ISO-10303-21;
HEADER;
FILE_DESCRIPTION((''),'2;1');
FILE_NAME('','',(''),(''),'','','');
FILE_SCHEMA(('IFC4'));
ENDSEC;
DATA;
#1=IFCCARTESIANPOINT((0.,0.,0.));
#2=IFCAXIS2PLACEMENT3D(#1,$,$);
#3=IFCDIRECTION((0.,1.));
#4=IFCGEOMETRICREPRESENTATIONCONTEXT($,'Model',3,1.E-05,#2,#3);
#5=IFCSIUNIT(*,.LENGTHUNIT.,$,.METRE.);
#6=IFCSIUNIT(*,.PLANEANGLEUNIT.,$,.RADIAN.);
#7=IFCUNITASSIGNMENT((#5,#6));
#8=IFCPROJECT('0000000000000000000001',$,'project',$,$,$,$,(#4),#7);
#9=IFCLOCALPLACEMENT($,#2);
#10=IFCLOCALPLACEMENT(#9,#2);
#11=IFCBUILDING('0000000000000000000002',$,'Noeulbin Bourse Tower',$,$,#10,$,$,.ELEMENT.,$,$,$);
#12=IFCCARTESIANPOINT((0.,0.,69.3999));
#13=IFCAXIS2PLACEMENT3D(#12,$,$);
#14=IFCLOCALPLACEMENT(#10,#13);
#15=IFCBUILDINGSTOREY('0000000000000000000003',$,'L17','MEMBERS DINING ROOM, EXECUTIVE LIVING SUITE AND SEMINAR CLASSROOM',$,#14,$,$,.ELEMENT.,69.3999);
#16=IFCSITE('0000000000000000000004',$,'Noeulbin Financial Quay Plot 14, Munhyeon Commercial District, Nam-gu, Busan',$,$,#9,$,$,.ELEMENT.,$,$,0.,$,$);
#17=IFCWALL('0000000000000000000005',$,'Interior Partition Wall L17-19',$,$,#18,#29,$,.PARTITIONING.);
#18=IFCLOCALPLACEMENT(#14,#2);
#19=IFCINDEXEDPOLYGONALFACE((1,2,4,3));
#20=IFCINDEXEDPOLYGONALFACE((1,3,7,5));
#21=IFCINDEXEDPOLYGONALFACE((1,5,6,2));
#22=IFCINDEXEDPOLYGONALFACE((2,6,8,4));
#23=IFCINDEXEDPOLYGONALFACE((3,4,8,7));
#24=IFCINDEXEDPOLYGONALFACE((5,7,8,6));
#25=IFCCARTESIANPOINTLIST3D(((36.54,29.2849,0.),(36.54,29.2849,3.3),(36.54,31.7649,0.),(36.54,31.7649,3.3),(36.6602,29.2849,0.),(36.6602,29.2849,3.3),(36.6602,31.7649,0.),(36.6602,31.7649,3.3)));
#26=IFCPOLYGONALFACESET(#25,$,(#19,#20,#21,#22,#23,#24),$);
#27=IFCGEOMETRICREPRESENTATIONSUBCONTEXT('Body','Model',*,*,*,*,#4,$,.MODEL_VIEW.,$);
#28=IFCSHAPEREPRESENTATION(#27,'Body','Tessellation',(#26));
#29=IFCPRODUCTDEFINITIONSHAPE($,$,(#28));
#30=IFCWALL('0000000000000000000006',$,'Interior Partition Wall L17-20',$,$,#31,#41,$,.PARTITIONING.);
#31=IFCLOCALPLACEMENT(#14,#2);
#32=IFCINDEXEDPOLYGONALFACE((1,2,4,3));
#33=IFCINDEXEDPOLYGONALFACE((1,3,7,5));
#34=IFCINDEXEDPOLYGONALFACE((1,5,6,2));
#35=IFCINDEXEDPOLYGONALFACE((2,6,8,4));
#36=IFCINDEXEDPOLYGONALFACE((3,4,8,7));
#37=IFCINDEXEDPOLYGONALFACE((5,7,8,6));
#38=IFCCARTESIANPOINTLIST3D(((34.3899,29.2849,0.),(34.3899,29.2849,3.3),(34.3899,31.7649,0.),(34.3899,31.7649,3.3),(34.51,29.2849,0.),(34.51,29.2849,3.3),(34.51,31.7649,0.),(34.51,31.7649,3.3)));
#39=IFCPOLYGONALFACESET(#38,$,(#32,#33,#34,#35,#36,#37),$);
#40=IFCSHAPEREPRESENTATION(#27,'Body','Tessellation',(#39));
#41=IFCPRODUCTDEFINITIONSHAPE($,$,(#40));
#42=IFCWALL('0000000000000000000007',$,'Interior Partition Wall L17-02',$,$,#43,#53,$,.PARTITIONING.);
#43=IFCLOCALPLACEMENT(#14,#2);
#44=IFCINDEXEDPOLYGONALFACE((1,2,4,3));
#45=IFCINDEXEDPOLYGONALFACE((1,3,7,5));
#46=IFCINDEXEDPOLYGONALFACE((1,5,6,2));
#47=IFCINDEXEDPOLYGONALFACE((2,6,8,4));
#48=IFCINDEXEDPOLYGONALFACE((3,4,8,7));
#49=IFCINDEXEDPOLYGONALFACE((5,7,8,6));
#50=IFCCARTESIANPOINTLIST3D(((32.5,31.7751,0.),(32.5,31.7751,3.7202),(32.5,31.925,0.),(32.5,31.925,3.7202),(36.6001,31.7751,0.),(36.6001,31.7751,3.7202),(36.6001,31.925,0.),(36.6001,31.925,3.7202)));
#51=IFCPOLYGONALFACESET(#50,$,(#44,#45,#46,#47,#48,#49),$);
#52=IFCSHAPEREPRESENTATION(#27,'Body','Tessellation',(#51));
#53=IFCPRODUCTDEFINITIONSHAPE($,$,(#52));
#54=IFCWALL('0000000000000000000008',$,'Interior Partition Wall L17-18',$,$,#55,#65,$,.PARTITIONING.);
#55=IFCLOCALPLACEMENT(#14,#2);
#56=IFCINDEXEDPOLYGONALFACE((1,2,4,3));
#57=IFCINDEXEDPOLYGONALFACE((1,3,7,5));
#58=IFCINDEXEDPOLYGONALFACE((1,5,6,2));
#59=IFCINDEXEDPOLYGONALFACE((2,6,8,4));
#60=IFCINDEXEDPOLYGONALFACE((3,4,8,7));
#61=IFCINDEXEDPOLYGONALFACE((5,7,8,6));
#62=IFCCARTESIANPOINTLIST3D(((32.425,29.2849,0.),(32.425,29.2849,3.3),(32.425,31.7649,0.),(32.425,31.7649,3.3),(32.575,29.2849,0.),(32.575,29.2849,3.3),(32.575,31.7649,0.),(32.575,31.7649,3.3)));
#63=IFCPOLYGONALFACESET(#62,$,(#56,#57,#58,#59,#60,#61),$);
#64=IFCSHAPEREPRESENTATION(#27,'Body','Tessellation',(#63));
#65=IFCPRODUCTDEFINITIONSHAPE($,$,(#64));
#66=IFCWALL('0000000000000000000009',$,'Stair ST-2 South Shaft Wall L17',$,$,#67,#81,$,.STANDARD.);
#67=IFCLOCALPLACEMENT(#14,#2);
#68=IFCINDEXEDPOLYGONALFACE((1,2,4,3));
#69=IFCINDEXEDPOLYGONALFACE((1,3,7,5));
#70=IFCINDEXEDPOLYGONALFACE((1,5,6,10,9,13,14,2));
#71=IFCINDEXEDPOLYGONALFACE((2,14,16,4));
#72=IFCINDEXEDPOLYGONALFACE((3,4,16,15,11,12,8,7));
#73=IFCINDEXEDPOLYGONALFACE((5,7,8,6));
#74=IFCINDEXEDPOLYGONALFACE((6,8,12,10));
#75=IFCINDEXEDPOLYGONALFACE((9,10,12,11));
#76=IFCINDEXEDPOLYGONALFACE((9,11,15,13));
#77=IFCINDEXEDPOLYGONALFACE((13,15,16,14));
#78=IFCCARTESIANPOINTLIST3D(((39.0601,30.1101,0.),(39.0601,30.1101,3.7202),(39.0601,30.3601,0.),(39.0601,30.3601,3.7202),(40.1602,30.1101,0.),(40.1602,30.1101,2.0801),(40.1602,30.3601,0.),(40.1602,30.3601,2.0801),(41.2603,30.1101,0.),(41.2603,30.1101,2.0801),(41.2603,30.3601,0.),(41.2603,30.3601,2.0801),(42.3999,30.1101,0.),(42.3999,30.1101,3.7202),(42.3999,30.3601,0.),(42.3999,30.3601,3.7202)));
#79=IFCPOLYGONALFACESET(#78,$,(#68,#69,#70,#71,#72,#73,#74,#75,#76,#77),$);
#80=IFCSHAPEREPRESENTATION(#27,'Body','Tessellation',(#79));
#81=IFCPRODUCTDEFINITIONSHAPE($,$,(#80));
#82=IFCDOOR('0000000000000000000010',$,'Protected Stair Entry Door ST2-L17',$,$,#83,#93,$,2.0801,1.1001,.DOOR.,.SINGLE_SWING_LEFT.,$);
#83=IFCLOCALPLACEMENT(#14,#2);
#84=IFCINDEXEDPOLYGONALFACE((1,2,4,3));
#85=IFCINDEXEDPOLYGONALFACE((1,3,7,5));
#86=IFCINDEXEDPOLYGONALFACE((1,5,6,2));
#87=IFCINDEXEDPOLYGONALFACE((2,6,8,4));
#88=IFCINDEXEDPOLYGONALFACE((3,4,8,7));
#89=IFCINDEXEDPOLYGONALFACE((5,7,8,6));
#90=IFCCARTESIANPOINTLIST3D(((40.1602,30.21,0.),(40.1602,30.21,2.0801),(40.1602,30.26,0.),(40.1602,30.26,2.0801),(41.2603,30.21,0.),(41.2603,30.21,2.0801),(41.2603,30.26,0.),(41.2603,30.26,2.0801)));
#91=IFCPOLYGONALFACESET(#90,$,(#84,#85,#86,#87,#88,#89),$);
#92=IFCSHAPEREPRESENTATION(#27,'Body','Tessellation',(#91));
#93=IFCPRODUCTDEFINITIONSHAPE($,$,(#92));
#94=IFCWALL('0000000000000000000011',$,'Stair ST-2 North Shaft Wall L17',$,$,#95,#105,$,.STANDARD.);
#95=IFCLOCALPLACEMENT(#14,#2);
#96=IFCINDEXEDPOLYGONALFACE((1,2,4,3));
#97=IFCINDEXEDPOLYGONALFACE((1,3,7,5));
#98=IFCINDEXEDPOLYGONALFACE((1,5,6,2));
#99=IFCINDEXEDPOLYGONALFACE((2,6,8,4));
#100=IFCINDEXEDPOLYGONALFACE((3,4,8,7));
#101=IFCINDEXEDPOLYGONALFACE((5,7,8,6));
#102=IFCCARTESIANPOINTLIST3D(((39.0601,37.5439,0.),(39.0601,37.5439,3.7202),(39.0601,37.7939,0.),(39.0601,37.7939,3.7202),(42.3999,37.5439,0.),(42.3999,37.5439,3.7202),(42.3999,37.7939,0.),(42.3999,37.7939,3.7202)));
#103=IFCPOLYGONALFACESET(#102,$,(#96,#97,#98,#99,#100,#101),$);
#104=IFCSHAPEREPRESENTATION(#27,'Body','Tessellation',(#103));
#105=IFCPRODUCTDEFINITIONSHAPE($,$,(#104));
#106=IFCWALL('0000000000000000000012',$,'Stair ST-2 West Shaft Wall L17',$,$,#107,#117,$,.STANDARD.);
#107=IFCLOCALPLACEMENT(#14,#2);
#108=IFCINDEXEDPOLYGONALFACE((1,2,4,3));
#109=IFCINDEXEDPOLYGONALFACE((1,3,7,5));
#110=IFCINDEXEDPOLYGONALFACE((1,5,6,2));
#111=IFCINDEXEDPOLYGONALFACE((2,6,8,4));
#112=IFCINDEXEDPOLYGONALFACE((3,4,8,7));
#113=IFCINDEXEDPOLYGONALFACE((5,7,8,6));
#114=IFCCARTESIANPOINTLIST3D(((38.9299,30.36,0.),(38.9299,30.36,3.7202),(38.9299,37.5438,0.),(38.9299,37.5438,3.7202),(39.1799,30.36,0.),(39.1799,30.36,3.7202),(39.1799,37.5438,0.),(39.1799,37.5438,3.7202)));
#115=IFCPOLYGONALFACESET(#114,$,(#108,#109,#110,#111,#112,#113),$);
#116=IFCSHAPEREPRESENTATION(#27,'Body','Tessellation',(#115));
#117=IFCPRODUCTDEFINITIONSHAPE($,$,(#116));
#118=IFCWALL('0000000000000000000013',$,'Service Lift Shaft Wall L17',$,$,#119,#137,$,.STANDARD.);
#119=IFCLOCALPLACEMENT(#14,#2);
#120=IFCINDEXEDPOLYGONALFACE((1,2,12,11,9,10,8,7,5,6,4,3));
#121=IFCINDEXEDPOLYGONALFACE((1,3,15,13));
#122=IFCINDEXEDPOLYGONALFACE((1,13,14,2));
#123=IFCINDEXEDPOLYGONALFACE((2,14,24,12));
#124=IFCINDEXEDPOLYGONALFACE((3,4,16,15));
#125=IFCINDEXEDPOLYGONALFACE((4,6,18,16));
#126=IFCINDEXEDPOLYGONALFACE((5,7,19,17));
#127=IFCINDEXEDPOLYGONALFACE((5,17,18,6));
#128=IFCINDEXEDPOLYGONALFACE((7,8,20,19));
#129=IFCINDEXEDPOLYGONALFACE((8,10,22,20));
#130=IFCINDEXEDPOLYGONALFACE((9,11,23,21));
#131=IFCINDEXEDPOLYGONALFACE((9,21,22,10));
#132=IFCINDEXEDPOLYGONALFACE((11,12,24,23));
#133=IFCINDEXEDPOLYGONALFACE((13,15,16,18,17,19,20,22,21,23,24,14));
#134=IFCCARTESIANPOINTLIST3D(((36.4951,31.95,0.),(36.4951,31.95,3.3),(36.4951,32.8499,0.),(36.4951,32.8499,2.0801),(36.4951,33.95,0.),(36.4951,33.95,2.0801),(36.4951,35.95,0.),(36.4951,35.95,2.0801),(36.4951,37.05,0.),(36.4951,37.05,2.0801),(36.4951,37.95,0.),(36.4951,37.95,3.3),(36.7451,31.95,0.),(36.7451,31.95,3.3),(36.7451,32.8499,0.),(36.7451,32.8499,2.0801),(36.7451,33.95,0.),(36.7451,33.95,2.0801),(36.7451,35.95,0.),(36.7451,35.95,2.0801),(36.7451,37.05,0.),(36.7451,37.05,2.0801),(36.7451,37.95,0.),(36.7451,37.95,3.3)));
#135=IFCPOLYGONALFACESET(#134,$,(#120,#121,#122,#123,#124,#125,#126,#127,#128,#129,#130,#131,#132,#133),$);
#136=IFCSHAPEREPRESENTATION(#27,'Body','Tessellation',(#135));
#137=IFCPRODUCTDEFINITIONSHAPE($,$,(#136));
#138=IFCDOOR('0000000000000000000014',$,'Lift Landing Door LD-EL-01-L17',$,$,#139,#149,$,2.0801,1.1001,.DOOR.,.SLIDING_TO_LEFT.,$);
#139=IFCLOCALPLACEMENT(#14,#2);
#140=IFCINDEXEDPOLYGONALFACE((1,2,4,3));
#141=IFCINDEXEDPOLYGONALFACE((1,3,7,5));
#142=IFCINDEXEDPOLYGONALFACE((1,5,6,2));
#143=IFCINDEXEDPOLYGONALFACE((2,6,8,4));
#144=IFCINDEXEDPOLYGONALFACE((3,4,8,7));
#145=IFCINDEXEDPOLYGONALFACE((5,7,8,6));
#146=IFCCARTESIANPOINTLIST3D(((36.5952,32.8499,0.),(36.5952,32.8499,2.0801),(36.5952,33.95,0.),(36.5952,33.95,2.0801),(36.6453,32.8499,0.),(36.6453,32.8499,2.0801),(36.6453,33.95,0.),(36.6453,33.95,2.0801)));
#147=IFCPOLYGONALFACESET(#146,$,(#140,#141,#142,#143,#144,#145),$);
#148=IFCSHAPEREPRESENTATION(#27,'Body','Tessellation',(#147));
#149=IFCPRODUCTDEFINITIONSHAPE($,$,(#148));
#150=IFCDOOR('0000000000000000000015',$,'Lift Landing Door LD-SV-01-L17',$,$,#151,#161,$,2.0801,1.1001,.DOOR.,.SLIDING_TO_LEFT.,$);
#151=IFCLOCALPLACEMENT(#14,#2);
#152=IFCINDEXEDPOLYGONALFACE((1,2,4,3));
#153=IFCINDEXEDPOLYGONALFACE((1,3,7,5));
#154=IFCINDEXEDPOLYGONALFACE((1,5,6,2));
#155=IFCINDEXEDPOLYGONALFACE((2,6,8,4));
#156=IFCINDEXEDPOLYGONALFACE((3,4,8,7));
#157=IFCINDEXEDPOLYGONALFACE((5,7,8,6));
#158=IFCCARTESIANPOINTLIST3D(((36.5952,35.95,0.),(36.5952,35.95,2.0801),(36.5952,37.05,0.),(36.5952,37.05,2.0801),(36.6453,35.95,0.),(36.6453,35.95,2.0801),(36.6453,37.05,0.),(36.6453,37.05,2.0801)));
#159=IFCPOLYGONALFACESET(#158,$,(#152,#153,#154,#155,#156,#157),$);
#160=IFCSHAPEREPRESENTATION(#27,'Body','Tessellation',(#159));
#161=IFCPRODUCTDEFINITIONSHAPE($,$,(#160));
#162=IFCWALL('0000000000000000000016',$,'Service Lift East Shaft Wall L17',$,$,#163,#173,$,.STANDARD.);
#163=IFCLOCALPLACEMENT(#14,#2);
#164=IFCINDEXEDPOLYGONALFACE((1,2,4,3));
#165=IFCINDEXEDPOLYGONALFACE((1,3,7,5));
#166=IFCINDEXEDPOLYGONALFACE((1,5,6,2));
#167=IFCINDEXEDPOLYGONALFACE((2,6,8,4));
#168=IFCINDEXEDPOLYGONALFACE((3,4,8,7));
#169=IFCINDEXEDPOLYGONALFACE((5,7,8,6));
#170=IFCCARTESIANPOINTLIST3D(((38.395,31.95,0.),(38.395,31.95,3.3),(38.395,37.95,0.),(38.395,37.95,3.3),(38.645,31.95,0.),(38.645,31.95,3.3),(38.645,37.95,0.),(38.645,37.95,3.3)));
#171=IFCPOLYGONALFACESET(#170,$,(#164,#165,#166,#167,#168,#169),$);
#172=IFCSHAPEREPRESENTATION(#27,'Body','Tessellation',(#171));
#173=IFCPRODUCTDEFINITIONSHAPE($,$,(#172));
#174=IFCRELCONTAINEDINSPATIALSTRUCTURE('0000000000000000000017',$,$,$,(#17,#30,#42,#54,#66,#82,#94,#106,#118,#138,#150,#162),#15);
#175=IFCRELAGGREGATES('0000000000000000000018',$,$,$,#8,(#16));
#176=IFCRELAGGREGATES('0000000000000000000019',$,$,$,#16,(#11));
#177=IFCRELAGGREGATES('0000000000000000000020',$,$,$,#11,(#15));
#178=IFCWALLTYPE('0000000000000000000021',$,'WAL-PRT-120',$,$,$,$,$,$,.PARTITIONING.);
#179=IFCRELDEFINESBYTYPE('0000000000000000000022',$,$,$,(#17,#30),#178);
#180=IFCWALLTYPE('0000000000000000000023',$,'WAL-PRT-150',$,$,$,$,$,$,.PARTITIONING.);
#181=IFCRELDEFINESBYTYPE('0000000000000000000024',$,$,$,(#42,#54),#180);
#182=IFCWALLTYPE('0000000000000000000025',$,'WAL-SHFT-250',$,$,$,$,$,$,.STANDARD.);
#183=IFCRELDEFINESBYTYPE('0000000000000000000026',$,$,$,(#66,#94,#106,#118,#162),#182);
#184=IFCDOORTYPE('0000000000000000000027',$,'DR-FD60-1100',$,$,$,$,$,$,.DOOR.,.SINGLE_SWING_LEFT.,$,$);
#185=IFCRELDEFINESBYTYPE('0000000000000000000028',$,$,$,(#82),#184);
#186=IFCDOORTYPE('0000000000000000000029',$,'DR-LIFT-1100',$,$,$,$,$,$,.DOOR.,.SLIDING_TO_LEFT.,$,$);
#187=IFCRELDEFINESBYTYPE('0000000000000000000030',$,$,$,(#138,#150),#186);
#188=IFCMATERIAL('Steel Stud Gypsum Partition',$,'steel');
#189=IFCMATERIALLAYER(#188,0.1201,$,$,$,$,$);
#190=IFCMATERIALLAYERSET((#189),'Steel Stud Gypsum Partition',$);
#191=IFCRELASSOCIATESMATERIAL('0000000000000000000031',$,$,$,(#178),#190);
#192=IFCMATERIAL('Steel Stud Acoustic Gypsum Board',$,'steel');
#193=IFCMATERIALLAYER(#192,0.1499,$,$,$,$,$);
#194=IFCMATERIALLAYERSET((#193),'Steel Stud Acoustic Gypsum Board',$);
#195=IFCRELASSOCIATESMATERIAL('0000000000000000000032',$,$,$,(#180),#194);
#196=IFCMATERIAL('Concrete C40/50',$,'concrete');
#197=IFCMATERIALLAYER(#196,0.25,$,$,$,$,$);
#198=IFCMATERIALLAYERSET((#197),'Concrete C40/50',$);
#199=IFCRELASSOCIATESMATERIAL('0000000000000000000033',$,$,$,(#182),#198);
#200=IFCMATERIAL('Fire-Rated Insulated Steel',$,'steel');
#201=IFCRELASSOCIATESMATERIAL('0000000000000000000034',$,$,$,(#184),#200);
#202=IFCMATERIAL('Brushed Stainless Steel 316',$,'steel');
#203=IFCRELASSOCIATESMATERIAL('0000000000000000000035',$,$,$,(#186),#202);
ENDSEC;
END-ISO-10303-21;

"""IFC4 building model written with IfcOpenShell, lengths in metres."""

from ifc_helpers import new_model, si_unit, direction, frame, frame_2d, origin, place, context, subcontext, project, spatial, rectangle, extrude, material, layer, layer_set, type_object, element, fill, save


model = new_model("IFC4")

# Units and contexts
model_context = context("Model", 3, precision=1e-05, world=origin(), true_north=direction((0.0, 1.0)))
body_context = subcontext(model_context, "Body", "Model", "MODEL_VIEW")
ifc_project = project(units=[si_unit("LENGTHUNIT", "METRE"), si_unit("PLANEANGLEUNIT", "RADIAN")], contexts=[model_context])

# Site, building, storey
site_placement = place(None, origin())
site = spatial("IfcSite", under=ifc_project, at=site_placement, Name="Noeulbin Financial Quay Plot 14, Munhyeon Commercial District, Nam-gu, Busan", CompositionType="ELEMENT", RefElevation=0.0)
building_placement = place(site_placement, origin())
building = spatial("IfcBuilding", under=site, at=building_placement, Name="Noeulbin Bourse Tower", CompositionType="ELEMENT")
storey_placement = place(building_placement, frame((0.0, 0.0, 69.3999)))
storey = spatial("IfcBuildingStorey", under=building, at=storey_placement, Name="L17", Description="MEMBERS DINING ROOM, EXECUTIVE LIVING SUITE AND SEMINAR CLASSROOM", CompositionType="ELEMENT", Elevation=69.3999)

# Walls
ifc_material_1 = material(Name="Concrete C40/50", Category="concrete")
ifc_material_2 = material(Name="Steel Stud Gypsum Partition", Category="steel")
ifc_layer_1 = layer(ifc_material_2, 0.1201)
ifc_layer_set_1 = layer_set([ifc_layer_1], Name="Steel Stud Gypsum Partition")
wall_type_1 = type_object("IfcWallType", Name="WAL-PRT-120", PredefinedType="PARTITIONING", material=ifc_layer_set_1)
for number, where, z_axis, x_axis, name in (
    (1, (36.6001, 29.2849, 0.0), (0.0, 0.0, 1.0), (0.0, 1.0, 0.0), "Interior Partition Wall L17-19"),
    (2, (34.45, 29.2849, 0.0), (0.0, 0.0, 1.0), (0.0, 1.0, 0.0), "Interior Partition Wall L17-20"),
):
    element("IfcWall", number, at=place(storey_placement, frame(where, z_axis=z_axis, x_axis=x_axis)), inside=storey, type_object=wall_type_1, Name=name, PredefinedType="PARTITIONING", context=body_context, shape_type="SweptSolid", body=[
        extrude(rectangle(XDim=2.48, YDim=0.1201, at=frame_2d((1.24, 0.0))), origin(), (0.0, 0.0, 1.0), 3.3),
    ])
ifc_material_3 = material(Name="Steel Stud Acoustic Gypsum Board", Category="steel")
ifc_layer_2 = layer(ifc_material_3, 0.1499)
ifc_layer_set_2 = layer_set([ifc_layer_2], Name="Steel Stud Acoustic Gypsum Board")
wall_type_2 = type_object("IfcWallType", Name="WAL-PRT-150", PredefinedType="PARTITIONING", material=ifc_layer_set_2)
wall_1_placement = place(storey_placement, frame((32.5, 31.8501, 0.0), z_axis=(0.0, 0.0, 1.0), x_axis=(1.0, 0.0, 0.0)))
element("IfcWall", 3, at=wall_1_placement, inside=storey, type_object=wall_type_2, Name="Interior Partition Wall L17-02", PredefinedType="PARTITIONING", context=body_context, shape_type="SweptSolid", body=[
    extrude(rectangle(XDim=4.1001, YDim=0.1499, at=frame_2d((2.05, 0.0))), origin(), (0.0, 0.0, 1.0), 3.7202),
])
wall_2_placement = place(storey_placement, frame((32.5, 29.2849, 0.0), z_axis=(0.0, 0.0, 1.0), x_axis=(0.0, 1.0, 0.0)))
element("IfcWall", 4, at=wall_2_placement, inside=storey, type_object=wall_type_2, Name="Interior Partition Wall L17-18", PredefinedType="PARTITIONING", context=body_context, shape_type="SweptSolid", body=[
    extrude(rectangle(XDim=2.48, YDim=0.1499, at=frame_2d((1.24, 0.0))), origin(), (0.0, 0.0, 1.0), 3.3),
])

# Wall, opening, door
ifc_layer_3 = layer(ifc_material_1, 0.25)
ifc_layer_set_3 = layer_set([ifc_layer_3], Name="Concrete C40/50")
wall_type_3 = type_object("IfcWallType", Name="WAL-SHFT-250", PredefinedType="STANDARD", material=ifc_layer_set_3)
wall_3_placement = place(storey_placement, frame((39.0601, 30.2351, 0.0), z_axis=(0.0, 0.0, 1.0), x_axis=(1.0, 0.0, 0.0)))
wall_3 = element("IfcWall", 5, at=wall_3_placement, inside=storey, type_object=wall_type_3, Name="Stair ST-2 South Shaft Wall L17", PredefinedType="STANDARD", context=body_context, shape_type="SweptSolid", body=[
    extrude(rectangle(XDim=3.3398, YDim=0.25, at=frame_2d((1.6699, 0.0))), origin(), (0.0, 0.0, 1.0), 3.7202),
])
opening_1_placement = place(wall_3_placement, frame((1.1001, 0.0, 0.0)))
opening_1 = element("IfcOpeningElement", 6, at=opening_1_placement, cuts=wall_3, PredefinedType="OPENING", context=body_context, shape_type="SweptSolid", body=[
    extrude(rectangle(XDim=1.1001, YDim=2.0801, at=frame_2d((0.55, 1.04))), frame((0.0, 0.135, 0.0), z_axis=(0.0, -1.0, 0.0), x_axis=(1.0, 0.0, 0.0)), (0.0, 0.0, 1.0), 0.27),
])
ifc_material_4 = material(Name="Fire-Rated Insulated Steel", Category="steel")
door_type_1 = type_object("IfcDoorType", Name="DR-FD60-1100", OperationType="SINGLE_SWING_LEFT", PredefinedType="DOOR", material=ifc_material_4)
door_1_placement = place(opening_1_placement, origin())
door_1 = element("IfcDoor", 7, at=door_1_placement, inside=storey, type_object=door_type_1, Name="Protected Stair Entry Door ST2-L17", OperationType="SINGLE_SWING_LEFT", OverallHeight=2.0801, OverallWidth=1.1001, PredefinedType="DOOR", context=body_context, shape_type="SweptSolid", body=[
    extrude(rectangle(XDim=1.1001, YDim=2.0801, at=frame_2d((0.55, 1.04))), frame((0.0, 0.0249, 0.0), z_axis=(0.0, -1.0, 0.0), x_axis=(1.0, 0.0, 0.0)), (0.0, 0.0, 1.0), 0.05),
])
fill(opening_1, door_1)

# Walls
wall_4_placement = place(storey_placement, frame((39.0601, 37.6689, 0.0), z_axis=(0.0, 0.0, 1.0), x_axis=(1.0, 0.0, 0.0)))
element("IfcWall", 8, at=wall_4_placement, inside=storey, type_object=wall_type_3, Name="Stair ST-2 North Shaft Wall L17", PredefinedType="STANDARD", context=body_context, shape_type="SweptSolid", body=[
    extrude(rectangle(XDim=3.3398, YDim=0.25, at=frame_2d((1.6699, 0.0))), origin(), (0.0, 0.0, 1.0), 3.7202),
])
wall_5_placement = place(storey_placement, frame((39.0549, 30.3601, 0.0), z_axis=(0.0, 0.0, 1.0), x_axis=(0.0, 1.0, 0.0)))
element("IfcWall", 9, at=wall_5_placement, inside=storey, type_object=wall_type_3, Name="Stair ST-2 West Shaft Wall L17", PredefinedType="STANDARD", context=body_context, shape_type="SweptSolid", body=[
    extrude(rectangle(XDim=7.1838, YDim=0.25, at=frame_2d((3.5918, 0.0))), origin(), (0.0, 0.0, 1.0), 3.7202),
])

# Wall, openings, doors
wall_6_placement = place(storey_placement, frame((36.6201, 31.95, 0.0), z_axis=(0.0, 0.0, 1.0), x_axis=(0.0, 1.0, 0.0)))
wall_6 = element("IfcWall", 10, at=wall_6_placement, inside=storey, type_object=wall_type_3, Name="Service Lift Shaft Wall L17", PredefinedType="STANDARD", context=body_context, shape_type="SweptSolid", body=[
    extrude(rectangle(XDim=6.0, YDim=0.25, at=frame_2d((3.0, 0.0))), origin(), (0.0, 0.0, 1.0), 3.3),
])
opening_2_placement = place(wall_6_placement, frame((0.8999, 0.0, 0.0)))
opening_2 = element("IfcOpeningElement", 11, at=opening_2_placement, cuts=wall_6, PredefinedType="OPENING", context=body_context, shape_type="SweptSolid", body=[
    extrude(rectangle(XDim=1.1001, YDim=2.0801, at=frame_2d((0.55, 1.04))), frame((0.0, 0.135, 0.0), z_axis=(0.0, -1.0, 0.0), x_axis=(1.0, 0.0, 0.0)), (0.0, 0.0, 1.0), 0.27),
])
opening_3_placement = place(wall_6_placement, frame((4.0, 0.0, 0.0)))
opening_3 = element("IfcOpeningElement", 12, at=opening_3_placement, cuts=wall_6, PredefinedType="OPENING", context=body_context, shape_type="SweptSolid", body=[
    extrude(rectangle(XDim=1.1001, YDim=2.0801, at=frame_2d((0.55, 1.04))), frame((0.0, 0.135, 0.0), z_axis=(0.0, -1.0, 0.0), x_axis=(1.0, 0.0, 0.0)), (0.0, 0.0, 1.0), 0.27),
])
ifc_material_5 = material(Name="Brushed Stainless Steel 316", Category="steel")
door_type_2 = type_object("IfcDoorType", Name="DR-LIFT-1100", OperationType="SLIDING_TO_LEFT", PredefinedType="DOOR", material=ifc_material_5)
door_2_placement = place(opening_2_placement, origin())
door_2 = element("IfcDoor", 13, at=door_2_placement, inside=storey, type_object=door_type_2, Name="Lift Landing Door LD-EL-01-L17", OperationType="SLIDING_TO_LEFT", OverallHeight=2.0801, OverallWidth=1.1001, PredefinedType="DOOR", context=body_context, shape_type="SweptSolid", body=[
    extrude(rectangle(XDim=1.1001, YDim=2.0801, at=frame_2d((0.55, 1.04))), frame((0.0, 0.0249, 0.0), z_axis=(0.0, -1.0, 0.0), x_axis=(1.0, 0.0, 0.0)), (0.0, 0.0, 1.0), 0.05),
])
fill(opening_2, door_2)
door_3_placement = place(opening_3_placement, origin())
door_3 = element("IfcDoor", 14, at=door_3_placement, inside=storey, type_object=door_type_2, Name="Lift Landing Door LD-SV-01-L17", OperationType="SLIDING_TO_LEFT", OverallHeight=2.0801, OverallWidth=1.1001, PredefinedType="DOOR", context=body_context, shape_type="SweptSolid", body=[
    extrude(rectangle(XDim=1.1001, YDim=2.0801, at=frame_2d((0.55, 1.04))), frame((0.0, 0.0249, 0.0), z_axis=(0.0, -1.0, 0.0), x_axis=(1.0, 0.0, 0.0)), (0.0, 0.0, 1.0), 0.05),
])
fill(opening_3, door_3)

# Wall
wall_7_placement = place(storey_placement, frame((38.52, 31.95, 0.0), z_axis=(0.0, 0.0, 1.0), x_axis=(0.0, 1.0, 0.0)))
element("IfcWall", 15, at=wall_7_placement, inside=storey, type_object=wall_type_3, Name="Service Lift East Shaft Wall L17", PredefinedType="STANDARD", context=body_context, shape_type="SweptSolid", body=[
    extrude(rectangle(XDim=6.0, YDim=0.25, at=frame_2d((3.0, 0.0))), origin(), (0.0, 0.0, 1.0), 3.3),
])

save(model, "model.ifc")
